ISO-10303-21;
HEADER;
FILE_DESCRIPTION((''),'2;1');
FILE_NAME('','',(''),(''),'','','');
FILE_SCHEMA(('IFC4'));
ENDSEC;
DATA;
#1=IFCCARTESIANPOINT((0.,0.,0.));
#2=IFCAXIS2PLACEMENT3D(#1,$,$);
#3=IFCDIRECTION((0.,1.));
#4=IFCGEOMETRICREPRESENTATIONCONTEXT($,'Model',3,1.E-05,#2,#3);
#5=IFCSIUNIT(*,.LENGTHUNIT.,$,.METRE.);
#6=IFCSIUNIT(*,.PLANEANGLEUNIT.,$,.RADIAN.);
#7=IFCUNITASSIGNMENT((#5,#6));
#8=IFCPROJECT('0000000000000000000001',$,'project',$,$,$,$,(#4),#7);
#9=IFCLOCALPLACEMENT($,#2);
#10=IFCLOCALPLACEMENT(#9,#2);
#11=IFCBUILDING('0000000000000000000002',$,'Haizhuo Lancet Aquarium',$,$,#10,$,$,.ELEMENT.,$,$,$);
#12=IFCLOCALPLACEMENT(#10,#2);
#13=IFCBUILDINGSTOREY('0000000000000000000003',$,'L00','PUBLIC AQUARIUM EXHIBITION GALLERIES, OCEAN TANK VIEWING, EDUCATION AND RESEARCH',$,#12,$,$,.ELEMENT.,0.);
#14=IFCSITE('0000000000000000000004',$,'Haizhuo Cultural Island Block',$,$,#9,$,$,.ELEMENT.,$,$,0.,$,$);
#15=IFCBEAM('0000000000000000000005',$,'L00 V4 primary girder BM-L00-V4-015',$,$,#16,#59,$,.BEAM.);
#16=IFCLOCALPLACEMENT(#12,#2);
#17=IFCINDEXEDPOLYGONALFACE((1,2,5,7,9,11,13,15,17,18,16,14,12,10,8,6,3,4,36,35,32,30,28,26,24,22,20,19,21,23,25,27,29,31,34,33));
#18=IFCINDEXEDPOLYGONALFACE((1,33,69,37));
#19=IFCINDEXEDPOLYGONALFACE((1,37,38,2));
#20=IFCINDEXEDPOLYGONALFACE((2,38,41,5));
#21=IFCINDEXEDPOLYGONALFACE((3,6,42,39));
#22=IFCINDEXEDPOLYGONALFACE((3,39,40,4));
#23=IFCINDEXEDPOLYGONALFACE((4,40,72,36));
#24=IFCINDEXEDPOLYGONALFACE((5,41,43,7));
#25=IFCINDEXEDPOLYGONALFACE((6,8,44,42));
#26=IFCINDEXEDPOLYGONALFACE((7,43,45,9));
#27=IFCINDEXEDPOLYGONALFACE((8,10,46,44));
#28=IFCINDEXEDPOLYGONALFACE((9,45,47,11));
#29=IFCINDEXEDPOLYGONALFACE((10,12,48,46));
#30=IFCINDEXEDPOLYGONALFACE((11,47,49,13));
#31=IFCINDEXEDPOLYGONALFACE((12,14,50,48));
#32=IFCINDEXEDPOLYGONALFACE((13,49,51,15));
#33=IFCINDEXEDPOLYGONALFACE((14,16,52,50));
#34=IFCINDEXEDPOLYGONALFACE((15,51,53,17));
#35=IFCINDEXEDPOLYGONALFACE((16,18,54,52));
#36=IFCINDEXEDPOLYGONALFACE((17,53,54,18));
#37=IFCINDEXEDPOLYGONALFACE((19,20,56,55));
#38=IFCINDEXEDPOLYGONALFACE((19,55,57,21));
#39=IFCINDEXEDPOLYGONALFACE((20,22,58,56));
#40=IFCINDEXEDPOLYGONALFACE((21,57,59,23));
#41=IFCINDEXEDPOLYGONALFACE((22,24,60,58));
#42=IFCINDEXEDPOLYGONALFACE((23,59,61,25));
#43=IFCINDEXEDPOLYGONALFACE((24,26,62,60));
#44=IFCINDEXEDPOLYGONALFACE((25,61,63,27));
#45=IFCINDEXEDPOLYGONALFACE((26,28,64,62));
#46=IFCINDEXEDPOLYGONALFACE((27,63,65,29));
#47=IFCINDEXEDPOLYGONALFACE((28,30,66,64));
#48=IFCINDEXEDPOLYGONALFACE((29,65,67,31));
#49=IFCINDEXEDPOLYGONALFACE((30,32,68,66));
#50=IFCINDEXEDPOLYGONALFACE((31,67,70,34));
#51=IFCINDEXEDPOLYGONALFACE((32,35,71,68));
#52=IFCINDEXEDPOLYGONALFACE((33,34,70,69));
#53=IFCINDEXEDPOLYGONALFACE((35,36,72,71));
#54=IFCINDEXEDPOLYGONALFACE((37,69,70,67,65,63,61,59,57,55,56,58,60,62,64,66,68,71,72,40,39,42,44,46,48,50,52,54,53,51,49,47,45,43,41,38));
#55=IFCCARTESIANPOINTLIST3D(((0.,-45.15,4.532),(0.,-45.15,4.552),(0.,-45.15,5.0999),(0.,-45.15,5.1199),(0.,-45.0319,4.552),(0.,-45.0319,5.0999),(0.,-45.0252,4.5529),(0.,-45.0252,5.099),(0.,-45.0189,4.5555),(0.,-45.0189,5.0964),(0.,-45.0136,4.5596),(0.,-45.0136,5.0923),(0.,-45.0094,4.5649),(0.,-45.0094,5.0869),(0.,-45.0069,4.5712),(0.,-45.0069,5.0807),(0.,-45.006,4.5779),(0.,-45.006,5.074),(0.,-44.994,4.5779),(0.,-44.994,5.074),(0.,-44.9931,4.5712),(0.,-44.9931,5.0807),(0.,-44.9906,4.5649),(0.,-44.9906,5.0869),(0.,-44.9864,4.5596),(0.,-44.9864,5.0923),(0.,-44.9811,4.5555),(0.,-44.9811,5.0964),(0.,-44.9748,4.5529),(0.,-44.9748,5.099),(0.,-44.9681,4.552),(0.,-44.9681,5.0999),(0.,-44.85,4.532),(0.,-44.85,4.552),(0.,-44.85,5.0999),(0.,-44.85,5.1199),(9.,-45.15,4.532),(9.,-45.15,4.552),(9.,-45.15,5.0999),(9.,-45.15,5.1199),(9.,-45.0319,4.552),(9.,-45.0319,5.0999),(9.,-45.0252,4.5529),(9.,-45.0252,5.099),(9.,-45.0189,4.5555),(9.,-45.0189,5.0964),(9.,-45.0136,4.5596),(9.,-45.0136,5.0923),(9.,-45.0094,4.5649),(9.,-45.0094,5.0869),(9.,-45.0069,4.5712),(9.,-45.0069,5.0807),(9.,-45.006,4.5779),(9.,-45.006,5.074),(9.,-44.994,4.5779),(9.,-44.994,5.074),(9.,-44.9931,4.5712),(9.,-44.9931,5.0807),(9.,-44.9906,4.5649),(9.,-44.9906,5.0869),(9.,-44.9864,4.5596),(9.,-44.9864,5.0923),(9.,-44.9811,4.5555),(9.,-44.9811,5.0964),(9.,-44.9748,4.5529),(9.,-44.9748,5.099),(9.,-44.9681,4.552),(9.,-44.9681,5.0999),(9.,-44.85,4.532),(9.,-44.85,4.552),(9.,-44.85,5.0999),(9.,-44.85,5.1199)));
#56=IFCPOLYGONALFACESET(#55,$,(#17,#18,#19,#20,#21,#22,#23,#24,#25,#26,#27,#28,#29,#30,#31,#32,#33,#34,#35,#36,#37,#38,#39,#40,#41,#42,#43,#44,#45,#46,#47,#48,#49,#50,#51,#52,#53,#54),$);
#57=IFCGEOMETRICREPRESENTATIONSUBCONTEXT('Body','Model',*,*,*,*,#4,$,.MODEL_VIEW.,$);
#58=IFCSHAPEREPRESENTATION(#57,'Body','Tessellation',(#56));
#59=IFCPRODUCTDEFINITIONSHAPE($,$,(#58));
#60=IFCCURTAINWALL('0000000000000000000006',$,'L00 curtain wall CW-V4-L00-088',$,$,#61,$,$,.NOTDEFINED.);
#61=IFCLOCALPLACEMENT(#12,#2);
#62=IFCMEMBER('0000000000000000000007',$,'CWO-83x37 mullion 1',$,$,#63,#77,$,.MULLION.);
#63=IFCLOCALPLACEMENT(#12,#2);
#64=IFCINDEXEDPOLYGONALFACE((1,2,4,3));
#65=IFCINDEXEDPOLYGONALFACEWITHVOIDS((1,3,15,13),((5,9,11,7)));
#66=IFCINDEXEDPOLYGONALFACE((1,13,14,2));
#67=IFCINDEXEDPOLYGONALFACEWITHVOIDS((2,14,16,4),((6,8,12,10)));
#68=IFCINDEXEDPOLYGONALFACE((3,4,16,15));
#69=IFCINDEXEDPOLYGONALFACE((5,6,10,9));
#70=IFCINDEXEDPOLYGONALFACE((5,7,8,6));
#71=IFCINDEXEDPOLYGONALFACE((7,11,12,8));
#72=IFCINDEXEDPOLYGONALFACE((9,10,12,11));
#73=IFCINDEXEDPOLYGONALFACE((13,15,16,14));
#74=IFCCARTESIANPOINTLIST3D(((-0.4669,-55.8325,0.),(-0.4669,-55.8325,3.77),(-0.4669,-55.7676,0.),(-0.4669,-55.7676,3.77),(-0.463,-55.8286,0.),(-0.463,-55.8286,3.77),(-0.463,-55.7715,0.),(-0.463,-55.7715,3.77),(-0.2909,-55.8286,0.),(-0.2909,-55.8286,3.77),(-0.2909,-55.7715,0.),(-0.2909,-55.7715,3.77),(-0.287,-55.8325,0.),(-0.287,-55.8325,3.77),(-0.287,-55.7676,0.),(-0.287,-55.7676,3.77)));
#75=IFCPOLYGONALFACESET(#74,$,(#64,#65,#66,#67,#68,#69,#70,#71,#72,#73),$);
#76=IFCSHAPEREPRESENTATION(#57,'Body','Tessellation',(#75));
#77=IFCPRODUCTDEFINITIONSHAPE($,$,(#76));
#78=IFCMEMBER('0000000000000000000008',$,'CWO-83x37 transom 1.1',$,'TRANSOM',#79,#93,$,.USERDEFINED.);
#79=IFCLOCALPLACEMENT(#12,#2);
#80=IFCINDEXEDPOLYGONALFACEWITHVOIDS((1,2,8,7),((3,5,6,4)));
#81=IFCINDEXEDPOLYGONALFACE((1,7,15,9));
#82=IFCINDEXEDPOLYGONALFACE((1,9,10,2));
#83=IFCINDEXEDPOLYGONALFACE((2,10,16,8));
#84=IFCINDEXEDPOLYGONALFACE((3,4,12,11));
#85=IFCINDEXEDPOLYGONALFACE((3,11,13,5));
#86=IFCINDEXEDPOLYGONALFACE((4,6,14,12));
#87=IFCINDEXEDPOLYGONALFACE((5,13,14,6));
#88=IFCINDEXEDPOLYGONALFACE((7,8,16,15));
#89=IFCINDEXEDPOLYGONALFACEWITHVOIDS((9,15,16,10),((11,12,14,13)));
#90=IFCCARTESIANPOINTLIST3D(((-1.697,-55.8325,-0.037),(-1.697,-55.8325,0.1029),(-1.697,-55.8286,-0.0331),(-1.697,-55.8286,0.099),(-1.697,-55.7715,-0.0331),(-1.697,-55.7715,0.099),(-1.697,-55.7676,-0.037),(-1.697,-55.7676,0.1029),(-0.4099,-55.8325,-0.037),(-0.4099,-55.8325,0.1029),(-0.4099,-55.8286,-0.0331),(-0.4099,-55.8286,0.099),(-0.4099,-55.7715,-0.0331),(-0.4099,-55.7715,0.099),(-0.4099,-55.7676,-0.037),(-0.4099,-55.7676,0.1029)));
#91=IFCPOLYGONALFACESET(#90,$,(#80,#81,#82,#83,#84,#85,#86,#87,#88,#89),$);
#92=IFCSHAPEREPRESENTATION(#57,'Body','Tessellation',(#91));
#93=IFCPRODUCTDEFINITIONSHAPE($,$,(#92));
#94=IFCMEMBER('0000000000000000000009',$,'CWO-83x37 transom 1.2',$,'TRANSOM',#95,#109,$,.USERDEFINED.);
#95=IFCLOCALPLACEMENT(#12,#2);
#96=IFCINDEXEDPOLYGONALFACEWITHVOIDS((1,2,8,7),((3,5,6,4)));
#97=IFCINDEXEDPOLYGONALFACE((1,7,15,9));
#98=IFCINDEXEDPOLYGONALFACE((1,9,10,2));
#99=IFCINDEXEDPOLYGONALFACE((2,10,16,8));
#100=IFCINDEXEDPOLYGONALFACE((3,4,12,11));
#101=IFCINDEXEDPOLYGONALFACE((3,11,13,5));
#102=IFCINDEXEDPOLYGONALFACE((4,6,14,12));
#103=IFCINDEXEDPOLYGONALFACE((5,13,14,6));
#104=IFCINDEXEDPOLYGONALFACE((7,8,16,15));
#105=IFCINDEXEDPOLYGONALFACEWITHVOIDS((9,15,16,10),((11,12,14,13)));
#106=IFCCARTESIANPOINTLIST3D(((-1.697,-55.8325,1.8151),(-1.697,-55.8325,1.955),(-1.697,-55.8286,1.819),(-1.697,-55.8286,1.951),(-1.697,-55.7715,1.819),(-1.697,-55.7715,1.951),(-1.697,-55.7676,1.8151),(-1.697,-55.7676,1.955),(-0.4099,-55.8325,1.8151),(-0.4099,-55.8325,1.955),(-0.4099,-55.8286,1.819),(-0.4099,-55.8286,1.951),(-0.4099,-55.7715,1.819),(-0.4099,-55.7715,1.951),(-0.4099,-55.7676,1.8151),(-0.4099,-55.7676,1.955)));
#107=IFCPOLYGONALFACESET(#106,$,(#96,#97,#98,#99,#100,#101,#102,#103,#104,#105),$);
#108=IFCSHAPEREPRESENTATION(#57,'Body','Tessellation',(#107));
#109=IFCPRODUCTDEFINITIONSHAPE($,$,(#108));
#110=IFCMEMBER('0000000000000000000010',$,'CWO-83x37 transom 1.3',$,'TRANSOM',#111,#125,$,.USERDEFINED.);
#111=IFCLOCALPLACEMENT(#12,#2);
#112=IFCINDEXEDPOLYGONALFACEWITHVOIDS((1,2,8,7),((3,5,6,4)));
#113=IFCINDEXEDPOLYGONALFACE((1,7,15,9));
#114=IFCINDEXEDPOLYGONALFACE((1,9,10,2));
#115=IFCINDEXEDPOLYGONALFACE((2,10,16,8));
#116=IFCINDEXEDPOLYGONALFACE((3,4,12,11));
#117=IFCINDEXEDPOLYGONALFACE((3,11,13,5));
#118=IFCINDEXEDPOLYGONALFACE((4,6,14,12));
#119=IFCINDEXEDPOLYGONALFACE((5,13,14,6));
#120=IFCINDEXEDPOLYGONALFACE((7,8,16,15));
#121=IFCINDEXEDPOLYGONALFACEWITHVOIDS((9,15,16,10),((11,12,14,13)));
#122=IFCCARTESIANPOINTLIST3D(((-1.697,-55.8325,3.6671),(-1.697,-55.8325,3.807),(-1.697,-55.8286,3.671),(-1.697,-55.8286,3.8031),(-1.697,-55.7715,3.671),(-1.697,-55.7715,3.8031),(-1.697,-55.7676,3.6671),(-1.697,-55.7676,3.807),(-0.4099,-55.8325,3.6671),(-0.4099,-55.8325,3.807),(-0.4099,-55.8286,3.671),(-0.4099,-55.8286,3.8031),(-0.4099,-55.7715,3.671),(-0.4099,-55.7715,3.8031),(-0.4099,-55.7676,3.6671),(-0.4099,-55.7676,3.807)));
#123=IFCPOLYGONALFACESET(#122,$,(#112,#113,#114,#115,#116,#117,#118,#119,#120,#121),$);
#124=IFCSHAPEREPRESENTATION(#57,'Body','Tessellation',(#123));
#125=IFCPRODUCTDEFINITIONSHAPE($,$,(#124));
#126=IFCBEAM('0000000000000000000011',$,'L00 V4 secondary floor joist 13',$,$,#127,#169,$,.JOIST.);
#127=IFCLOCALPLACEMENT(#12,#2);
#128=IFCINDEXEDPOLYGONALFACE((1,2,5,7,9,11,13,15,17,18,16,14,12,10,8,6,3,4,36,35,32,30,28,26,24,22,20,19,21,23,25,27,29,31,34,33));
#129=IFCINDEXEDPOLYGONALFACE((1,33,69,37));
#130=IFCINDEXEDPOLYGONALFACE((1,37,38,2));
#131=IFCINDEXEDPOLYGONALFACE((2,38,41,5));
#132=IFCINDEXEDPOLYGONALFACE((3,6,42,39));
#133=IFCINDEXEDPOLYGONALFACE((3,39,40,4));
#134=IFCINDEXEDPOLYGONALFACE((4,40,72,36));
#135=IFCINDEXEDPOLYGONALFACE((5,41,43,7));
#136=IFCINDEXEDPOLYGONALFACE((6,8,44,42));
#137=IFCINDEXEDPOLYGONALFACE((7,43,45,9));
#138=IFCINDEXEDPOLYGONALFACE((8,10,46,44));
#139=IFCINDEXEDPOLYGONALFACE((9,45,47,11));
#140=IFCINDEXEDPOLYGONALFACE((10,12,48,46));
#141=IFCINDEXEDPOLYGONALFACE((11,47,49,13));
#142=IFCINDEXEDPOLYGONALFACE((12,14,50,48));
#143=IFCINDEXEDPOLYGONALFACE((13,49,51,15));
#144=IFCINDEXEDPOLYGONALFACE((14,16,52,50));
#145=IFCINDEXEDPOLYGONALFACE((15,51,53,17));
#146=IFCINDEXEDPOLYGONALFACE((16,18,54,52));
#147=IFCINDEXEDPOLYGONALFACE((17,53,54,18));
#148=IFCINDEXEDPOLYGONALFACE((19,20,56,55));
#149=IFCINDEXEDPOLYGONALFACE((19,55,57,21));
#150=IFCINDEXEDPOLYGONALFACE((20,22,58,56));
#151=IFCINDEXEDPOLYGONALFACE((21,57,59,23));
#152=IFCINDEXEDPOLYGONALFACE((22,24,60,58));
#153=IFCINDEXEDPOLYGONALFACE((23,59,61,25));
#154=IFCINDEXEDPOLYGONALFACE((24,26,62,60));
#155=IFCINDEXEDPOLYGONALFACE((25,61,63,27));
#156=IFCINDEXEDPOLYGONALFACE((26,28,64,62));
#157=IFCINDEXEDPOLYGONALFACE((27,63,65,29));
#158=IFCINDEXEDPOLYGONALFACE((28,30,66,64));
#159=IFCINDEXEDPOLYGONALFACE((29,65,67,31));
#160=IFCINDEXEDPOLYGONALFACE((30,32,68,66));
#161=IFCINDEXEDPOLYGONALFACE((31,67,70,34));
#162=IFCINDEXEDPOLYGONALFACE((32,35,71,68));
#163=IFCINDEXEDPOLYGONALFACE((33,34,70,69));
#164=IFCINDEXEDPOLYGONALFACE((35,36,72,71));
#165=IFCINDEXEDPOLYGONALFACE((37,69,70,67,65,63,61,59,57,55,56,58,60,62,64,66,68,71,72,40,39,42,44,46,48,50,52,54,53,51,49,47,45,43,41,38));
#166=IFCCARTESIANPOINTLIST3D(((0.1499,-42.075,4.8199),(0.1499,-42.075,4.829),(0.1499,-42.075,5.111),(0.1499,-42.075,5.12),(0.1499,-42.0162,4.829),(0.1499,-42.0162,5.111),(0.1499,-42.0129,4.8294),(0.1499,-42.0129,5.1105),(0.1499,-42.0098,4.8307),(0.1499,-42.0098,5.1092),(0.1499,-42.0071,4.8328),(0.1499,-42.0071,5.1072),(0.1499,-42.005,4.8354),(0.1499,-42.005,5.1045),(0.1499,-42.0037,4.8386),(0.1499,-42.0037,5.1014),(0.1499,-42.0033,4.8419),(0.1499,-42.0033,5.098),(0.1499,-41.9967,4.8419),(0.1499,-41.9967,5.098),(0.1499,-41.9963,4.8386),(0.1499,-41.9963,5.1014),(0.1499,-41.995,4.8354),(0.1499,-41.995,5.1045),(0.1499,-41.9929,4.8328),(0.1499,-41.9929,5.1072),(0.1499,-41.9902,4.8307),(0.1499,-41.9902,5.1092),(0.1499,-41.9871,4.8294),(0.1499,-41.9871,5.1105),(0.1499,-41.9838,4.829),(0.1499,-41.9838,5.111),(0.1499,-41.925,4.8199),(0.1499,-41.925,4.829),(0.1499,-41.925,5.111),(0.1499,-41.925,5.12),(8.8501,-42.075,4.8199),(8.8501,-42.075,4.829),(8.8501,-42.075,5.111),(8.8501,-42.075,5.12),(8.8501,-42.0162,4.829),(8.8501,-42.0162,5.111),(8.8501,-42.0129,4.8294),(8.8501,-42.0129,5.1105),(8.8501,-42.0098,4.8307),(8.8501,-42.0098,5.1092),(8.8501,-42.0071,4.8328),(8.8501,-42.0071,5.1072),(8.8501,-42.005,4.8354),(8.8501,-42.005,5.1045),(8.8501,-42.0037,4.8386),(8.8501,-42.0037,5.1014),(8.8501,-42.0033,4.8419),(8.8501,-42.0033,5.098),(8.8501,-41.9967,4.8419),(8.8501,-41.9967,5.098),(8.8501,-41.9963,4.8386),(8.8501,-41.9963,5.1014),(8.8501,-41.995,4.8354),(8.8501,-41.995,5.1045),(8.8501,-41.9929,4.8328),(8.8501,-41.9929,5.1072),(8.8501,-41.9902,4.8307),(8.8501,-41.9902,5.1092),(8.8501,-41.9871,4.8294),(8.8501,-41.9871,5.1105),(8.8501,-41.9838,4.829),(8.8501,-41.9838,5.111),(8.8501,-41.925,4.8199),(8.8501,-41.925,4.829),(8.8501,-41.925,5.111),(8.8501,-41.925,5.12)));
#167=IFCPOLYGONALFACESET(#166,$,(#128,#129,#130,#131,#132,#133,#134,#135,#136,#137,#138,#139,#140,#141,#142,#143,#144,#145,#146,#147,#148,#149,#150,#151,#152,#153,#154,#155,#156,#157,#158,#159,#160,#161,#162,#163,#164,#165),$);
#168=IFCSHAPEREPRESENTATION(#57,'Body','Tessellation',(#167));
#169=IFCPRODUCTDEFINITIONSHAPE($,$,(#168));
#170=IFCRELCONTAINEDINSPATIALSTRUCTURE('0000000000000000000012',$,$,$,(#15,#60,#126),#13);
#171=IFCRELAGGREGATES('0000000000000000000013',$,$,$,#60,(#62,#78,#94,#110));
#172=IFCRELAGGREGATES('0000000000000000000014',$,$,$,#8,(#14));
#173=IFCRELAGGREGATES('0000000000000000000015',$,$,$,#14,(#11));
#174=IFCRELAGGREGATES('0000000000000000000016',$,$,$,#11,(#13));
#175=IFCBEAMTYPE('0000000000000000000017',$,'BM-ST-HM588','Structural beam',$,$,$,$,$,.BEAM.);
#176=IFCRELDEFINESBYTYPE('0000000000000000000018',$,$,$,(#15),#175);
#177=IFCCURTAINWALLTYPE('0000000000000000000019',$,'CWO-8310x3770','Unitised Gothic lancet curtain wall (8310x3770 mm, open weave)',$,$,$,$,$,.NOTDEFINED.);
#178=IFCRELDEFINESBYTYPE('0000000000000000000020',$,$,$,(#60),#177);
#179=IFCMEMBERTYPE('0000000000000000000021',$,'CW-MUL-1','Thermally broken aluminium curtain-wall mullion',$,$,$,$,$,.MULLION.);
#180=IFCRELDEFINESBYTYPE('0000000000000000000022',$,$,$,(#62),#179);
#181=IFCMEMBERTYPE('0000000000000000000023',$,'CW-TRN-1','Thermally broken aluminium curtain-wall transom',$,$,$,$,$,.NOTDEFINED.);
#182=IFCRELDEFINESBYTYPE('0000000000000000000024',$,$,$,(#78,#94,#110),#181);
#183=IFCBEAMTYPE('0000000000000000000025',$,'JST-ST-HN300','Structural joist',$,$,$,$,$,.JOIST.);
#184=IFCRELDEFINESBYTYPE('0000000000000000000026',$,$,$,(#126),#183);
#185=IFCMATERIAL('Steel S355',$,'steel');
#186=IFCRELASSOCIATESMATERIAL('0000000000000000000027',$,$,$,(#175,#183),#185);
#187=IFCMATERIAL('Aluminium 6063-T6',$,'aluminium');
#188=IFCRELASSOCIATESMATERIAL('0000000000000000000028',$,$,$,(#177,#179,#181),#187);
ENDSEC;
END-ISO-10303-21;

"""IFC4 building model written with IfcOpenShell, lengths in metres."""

from ifc_helpers import new_model, si_unit, direction, frame, origin, origin_2d, place, context, subcontext, project, spatial, hollow_rectangle, i_section, extrude, material, material_profile, profile_set, type_object, element, aggregate, save


model = new_model("IFC4")

# Units and contexts
model_context = context("Model", 3, precision=1e-05, world=origin(), true_north=direction((0.0, 1.0)))
body_context = subcontext(model_context, "Body", "Model", "MODEL_VIEW")
ifc_project = project(units=[si_unit("LENGTHUNIT", "METRE"), si_unit("PLANEANGLEUNIT", "RADIAN")], contexts=[model_context])

# Site, building, storey
site_placement = place(None, origin())
site = spatial("IfcSite", under=ifc_project, at=site_placement, Name="Haizhuo Cultural Island Block", CompositionType="ELEMENT", RefElevation=0.0)
building_placement = place(site_placement, origin())
building = spatial("IfcBuilding", under=site, at=building_placement, Name="Haizhuo Lancet Aquarium", CompositionType="ELEMENT")
storey_placement = place(building_placement, origin())
storey = spatial("IfcBuildingStorey", under=building, at=storey_placement, Name="L00", Description="PUBLIC AQUARIUM EXHIBITION GALLERIES, OCEAN TANK VIEWING, EDUCATION AND RESEARCH", CompositionType="ELEMENT", Elevation=0.0)

# Shared definitions
ifc_material_1 = material(Name="Steel S355", Category="steel")

# Beam
ifc_material_profile_1 = material_profile(ifc_material_1, i_section(OverallWidth=0.3, OverallDepth=0.5879, WebThickness=0.012, FlangeThickness=0.02, FilletRadius=0.0259, at=origin_2d()), Name="HM 588x300x12x20")
ifc_profile_set_1 = profile_set([ifc_material_profile_1], Name="Steel S355")
beam_type_1 = type_object("IfcBeamType", Name="BM-ST-HM588", Description="Structural beam", PredefinedType="BEAM", material=ifc_profile_set_1)
beam_1_placement = place(storey_placement, frame((0.0, -45.0, 4.8259), z_axis=(1.0, 0.0, 0.0), x_axis=(0.0, 1.0, 0.0)))
element("IfcBeam", 1, at=beam_1_placement, inside=storey, type_object=beam_type_1, Name="L00 V4 primary girder BM-L00-V4-015", PredefinedType="BEAM", context=body_context, shape_type="SweptSolid", body=[
    extrude(i_section(OverallWidth=0.3, OverallDepth=0.5879, WebThickness=0.012, FlangeThickness=0.02, FilletRadius=0.0259, at=origin_2d()), origin(), (0.0, 0.0, 1.0), 9.0),
])

# Curtain wall, members
ifc_material_2 = material(Name="Aluminium 6063-T6", Category="aluminium")
curtain_wall_type = type_object("IfcCurtainWallType", Name="CWO-8310x3770", Description="Unitised Gothic lancet curtain wall (8310x3770 mm, open weave)", PredefinedType="NOTDEFINED", material=ifc_material_2)
curtain_wall_placement = place(storey_placement, origin())
curtain_wall = element("IfcCurtainWall", 2, at=curtain_wall_placement, inside=storey, type_object=curtain_wall_type, Name="L00 curtain wall CW-V4-L00-088", PredefinedType="NOTDEFINED")
ifc_material_profile_2 = material_profile(ifc_material_2, hollow_rectangle(XDim=0.0649, YDim=0.1799, WallThickness=0.0039, at=origin_2d()), Name="ALU-M 65x180x4")
ifc_profile_set_2 = profile_set([ifc_material_profile_2], Name="Aluminium 6063-T6")
member_type_1 = type_object("IfcMemberType", Name="CW-MUL-1", Description="Thermally broken aluminium curtain-wall mullion", PredefinedType="MULLION", material=ifc_profile_set_2)
member_1_placement = place(storey_placement, frame((-0.377, -55.8, 0.0), z_axis=(0.0, 0.0, 1.0), x_axis=(0.0, -1.0, 0.0)))
member_1 = element("IfcMember", 3, at=member_1_placement, type_object=member_type_1, Name="CWO-83x37 mullion 1", PredefinedType="MULLION", context=body_context, shape_type="SweptSolid", body=[
    extrude(hollow_rectangle(XDim=0.0649, YDim=0.1799, WallThickness=0.0039, at=origin_2d()), origin(), (0.0, 0.0, 1.0), 3.77),
])
ifc_material_profile_3 = material_profile(ifc_material_2, hollow_rectangle(XDim=0.0649, YDim=0.1399, WallThickness=0.0039, at=origin_2d()), Name="ALU-T 65x140x4")
ifc_profile_set_3 = profile_set([ifc_material_profile_3], Name="Aluminium 6063-T6")
member_type_2 = type_object("IfcMemberType", Name="CW-TRN-1", Description="Thermally broken aluminium curtain-wall transom", PredefinedType="NOTDEFINED", material=ifc_profile_set_3)
member_2_placement = place(storey_placement, frame((-0.4099, -55.8, 0.033), z_axis=(-1.0, 0.0, 0.0), x_axis=(0.0, -1.0, 0.0)))
member_2 = element("IfcMember", 4, at=member_2_placement, type_object=member_type_2, Name="CWO-83x37 transom 1.1", ObjectType="TRANSOM", PredefinedType="USERDEFINED", context=body_context, shape_type="SweptSolid", body=[
    extrude(hollow_rectangle(XDim=0.0649, YDim=0.1399, WallThickness=0.0039, at=origin_2d()), origin(), (0.0, 0.0, 1.0), 1.2871),
])
member_3_placement = place(storey_placement, frame((-0.4099, -55.8, 1.885), z_axis=(-1.0, 0.0, 0.0), x_axis=(0.0, -1.0, 0.0)))
member_3 = element("IfcMember", 5, at=member_3_placement, type_object=member_type_2, Name="CWO-83x37 transom 1.2", ObjectType="TRANSOM", PredefinedType="USERDEFINED", context=body_context, shape_type="SweptSolid", body=[
    extrude(hollow_rectangle(XDim=0.0649, YDim=0.1399, WallThickness=0.0039, at=origin_2d()), origin(), (0.0, 0.0, 1.0), 1.2871),
])
member_4_placement = place(storey_placement, frame((-0.4099, -55.8, 3.7371), z_axis=(-1.0, 0.0, 0.0), x_axis=(0.0, -1.0, 0.0)))
member_4 = element("IfcMember", 6, at=member_4_placement, type_object=member_type_2, Name="CWO-83x37 transom 1.3", ObjectType="TRANSOM", PredefinedType="USERDEFINED", context=body_context, shape_type="SweptSolid", body=[
    extrude(hollow_rectangle(XDim=0.0649, YDim=0.1399, WallThickness=0.0039, at=origin_2d()), origin(), (0.0, 0.0, 1.0), 1.2871),
])

# Beam
ifc_material_profile_4 = material_profile(ifc_material_1, i_section(OverallWidth=0.1499, OverallDepth=0.3, WebThickness=0.0066, FlangeThickness=0.009, FilletRadius=0.0129, at=origin_2d()), Name="HN 300x150x6.5x9")
ifc_profile_set_4 = profile_set([ifc_material_profile_4], Name="Steel S355")
beam_type_2 = type_object("IfcBeamType", Name="JST-ST-HN300", Description="Structural joist", PredefinedType="JOIST", material=ifc_profile_set_4)
beam_2_placement = place(storey_placement, frame((0.1499, -42.0, 4.97), z_axis=(1.0, 0.0, 0.0), x_axis=(0.0, 1.0, 0.0)))
element("IfcBeam", 7, at=beam_2_placement, inside=storey, type_object=beam_type_2, Name="L00 V4 secondary floor joist 13", PredefinedType="JOIST", context=body_context, shape_type="SweptSolid", body=[
    extrude(i_section(OverallWidth=0.1499, OverallDepth=0.3, WebThickness=0.0066, FlangeThickness=0.009, FilletRadius=0.0129, at=origin_2d()), origin(), (0.0, 0.0, 1.0), 8.7002),
])

aggregate(curtain_wall, [member_1, member_2, member_3, member_4])

save(model, "model.ifc")
